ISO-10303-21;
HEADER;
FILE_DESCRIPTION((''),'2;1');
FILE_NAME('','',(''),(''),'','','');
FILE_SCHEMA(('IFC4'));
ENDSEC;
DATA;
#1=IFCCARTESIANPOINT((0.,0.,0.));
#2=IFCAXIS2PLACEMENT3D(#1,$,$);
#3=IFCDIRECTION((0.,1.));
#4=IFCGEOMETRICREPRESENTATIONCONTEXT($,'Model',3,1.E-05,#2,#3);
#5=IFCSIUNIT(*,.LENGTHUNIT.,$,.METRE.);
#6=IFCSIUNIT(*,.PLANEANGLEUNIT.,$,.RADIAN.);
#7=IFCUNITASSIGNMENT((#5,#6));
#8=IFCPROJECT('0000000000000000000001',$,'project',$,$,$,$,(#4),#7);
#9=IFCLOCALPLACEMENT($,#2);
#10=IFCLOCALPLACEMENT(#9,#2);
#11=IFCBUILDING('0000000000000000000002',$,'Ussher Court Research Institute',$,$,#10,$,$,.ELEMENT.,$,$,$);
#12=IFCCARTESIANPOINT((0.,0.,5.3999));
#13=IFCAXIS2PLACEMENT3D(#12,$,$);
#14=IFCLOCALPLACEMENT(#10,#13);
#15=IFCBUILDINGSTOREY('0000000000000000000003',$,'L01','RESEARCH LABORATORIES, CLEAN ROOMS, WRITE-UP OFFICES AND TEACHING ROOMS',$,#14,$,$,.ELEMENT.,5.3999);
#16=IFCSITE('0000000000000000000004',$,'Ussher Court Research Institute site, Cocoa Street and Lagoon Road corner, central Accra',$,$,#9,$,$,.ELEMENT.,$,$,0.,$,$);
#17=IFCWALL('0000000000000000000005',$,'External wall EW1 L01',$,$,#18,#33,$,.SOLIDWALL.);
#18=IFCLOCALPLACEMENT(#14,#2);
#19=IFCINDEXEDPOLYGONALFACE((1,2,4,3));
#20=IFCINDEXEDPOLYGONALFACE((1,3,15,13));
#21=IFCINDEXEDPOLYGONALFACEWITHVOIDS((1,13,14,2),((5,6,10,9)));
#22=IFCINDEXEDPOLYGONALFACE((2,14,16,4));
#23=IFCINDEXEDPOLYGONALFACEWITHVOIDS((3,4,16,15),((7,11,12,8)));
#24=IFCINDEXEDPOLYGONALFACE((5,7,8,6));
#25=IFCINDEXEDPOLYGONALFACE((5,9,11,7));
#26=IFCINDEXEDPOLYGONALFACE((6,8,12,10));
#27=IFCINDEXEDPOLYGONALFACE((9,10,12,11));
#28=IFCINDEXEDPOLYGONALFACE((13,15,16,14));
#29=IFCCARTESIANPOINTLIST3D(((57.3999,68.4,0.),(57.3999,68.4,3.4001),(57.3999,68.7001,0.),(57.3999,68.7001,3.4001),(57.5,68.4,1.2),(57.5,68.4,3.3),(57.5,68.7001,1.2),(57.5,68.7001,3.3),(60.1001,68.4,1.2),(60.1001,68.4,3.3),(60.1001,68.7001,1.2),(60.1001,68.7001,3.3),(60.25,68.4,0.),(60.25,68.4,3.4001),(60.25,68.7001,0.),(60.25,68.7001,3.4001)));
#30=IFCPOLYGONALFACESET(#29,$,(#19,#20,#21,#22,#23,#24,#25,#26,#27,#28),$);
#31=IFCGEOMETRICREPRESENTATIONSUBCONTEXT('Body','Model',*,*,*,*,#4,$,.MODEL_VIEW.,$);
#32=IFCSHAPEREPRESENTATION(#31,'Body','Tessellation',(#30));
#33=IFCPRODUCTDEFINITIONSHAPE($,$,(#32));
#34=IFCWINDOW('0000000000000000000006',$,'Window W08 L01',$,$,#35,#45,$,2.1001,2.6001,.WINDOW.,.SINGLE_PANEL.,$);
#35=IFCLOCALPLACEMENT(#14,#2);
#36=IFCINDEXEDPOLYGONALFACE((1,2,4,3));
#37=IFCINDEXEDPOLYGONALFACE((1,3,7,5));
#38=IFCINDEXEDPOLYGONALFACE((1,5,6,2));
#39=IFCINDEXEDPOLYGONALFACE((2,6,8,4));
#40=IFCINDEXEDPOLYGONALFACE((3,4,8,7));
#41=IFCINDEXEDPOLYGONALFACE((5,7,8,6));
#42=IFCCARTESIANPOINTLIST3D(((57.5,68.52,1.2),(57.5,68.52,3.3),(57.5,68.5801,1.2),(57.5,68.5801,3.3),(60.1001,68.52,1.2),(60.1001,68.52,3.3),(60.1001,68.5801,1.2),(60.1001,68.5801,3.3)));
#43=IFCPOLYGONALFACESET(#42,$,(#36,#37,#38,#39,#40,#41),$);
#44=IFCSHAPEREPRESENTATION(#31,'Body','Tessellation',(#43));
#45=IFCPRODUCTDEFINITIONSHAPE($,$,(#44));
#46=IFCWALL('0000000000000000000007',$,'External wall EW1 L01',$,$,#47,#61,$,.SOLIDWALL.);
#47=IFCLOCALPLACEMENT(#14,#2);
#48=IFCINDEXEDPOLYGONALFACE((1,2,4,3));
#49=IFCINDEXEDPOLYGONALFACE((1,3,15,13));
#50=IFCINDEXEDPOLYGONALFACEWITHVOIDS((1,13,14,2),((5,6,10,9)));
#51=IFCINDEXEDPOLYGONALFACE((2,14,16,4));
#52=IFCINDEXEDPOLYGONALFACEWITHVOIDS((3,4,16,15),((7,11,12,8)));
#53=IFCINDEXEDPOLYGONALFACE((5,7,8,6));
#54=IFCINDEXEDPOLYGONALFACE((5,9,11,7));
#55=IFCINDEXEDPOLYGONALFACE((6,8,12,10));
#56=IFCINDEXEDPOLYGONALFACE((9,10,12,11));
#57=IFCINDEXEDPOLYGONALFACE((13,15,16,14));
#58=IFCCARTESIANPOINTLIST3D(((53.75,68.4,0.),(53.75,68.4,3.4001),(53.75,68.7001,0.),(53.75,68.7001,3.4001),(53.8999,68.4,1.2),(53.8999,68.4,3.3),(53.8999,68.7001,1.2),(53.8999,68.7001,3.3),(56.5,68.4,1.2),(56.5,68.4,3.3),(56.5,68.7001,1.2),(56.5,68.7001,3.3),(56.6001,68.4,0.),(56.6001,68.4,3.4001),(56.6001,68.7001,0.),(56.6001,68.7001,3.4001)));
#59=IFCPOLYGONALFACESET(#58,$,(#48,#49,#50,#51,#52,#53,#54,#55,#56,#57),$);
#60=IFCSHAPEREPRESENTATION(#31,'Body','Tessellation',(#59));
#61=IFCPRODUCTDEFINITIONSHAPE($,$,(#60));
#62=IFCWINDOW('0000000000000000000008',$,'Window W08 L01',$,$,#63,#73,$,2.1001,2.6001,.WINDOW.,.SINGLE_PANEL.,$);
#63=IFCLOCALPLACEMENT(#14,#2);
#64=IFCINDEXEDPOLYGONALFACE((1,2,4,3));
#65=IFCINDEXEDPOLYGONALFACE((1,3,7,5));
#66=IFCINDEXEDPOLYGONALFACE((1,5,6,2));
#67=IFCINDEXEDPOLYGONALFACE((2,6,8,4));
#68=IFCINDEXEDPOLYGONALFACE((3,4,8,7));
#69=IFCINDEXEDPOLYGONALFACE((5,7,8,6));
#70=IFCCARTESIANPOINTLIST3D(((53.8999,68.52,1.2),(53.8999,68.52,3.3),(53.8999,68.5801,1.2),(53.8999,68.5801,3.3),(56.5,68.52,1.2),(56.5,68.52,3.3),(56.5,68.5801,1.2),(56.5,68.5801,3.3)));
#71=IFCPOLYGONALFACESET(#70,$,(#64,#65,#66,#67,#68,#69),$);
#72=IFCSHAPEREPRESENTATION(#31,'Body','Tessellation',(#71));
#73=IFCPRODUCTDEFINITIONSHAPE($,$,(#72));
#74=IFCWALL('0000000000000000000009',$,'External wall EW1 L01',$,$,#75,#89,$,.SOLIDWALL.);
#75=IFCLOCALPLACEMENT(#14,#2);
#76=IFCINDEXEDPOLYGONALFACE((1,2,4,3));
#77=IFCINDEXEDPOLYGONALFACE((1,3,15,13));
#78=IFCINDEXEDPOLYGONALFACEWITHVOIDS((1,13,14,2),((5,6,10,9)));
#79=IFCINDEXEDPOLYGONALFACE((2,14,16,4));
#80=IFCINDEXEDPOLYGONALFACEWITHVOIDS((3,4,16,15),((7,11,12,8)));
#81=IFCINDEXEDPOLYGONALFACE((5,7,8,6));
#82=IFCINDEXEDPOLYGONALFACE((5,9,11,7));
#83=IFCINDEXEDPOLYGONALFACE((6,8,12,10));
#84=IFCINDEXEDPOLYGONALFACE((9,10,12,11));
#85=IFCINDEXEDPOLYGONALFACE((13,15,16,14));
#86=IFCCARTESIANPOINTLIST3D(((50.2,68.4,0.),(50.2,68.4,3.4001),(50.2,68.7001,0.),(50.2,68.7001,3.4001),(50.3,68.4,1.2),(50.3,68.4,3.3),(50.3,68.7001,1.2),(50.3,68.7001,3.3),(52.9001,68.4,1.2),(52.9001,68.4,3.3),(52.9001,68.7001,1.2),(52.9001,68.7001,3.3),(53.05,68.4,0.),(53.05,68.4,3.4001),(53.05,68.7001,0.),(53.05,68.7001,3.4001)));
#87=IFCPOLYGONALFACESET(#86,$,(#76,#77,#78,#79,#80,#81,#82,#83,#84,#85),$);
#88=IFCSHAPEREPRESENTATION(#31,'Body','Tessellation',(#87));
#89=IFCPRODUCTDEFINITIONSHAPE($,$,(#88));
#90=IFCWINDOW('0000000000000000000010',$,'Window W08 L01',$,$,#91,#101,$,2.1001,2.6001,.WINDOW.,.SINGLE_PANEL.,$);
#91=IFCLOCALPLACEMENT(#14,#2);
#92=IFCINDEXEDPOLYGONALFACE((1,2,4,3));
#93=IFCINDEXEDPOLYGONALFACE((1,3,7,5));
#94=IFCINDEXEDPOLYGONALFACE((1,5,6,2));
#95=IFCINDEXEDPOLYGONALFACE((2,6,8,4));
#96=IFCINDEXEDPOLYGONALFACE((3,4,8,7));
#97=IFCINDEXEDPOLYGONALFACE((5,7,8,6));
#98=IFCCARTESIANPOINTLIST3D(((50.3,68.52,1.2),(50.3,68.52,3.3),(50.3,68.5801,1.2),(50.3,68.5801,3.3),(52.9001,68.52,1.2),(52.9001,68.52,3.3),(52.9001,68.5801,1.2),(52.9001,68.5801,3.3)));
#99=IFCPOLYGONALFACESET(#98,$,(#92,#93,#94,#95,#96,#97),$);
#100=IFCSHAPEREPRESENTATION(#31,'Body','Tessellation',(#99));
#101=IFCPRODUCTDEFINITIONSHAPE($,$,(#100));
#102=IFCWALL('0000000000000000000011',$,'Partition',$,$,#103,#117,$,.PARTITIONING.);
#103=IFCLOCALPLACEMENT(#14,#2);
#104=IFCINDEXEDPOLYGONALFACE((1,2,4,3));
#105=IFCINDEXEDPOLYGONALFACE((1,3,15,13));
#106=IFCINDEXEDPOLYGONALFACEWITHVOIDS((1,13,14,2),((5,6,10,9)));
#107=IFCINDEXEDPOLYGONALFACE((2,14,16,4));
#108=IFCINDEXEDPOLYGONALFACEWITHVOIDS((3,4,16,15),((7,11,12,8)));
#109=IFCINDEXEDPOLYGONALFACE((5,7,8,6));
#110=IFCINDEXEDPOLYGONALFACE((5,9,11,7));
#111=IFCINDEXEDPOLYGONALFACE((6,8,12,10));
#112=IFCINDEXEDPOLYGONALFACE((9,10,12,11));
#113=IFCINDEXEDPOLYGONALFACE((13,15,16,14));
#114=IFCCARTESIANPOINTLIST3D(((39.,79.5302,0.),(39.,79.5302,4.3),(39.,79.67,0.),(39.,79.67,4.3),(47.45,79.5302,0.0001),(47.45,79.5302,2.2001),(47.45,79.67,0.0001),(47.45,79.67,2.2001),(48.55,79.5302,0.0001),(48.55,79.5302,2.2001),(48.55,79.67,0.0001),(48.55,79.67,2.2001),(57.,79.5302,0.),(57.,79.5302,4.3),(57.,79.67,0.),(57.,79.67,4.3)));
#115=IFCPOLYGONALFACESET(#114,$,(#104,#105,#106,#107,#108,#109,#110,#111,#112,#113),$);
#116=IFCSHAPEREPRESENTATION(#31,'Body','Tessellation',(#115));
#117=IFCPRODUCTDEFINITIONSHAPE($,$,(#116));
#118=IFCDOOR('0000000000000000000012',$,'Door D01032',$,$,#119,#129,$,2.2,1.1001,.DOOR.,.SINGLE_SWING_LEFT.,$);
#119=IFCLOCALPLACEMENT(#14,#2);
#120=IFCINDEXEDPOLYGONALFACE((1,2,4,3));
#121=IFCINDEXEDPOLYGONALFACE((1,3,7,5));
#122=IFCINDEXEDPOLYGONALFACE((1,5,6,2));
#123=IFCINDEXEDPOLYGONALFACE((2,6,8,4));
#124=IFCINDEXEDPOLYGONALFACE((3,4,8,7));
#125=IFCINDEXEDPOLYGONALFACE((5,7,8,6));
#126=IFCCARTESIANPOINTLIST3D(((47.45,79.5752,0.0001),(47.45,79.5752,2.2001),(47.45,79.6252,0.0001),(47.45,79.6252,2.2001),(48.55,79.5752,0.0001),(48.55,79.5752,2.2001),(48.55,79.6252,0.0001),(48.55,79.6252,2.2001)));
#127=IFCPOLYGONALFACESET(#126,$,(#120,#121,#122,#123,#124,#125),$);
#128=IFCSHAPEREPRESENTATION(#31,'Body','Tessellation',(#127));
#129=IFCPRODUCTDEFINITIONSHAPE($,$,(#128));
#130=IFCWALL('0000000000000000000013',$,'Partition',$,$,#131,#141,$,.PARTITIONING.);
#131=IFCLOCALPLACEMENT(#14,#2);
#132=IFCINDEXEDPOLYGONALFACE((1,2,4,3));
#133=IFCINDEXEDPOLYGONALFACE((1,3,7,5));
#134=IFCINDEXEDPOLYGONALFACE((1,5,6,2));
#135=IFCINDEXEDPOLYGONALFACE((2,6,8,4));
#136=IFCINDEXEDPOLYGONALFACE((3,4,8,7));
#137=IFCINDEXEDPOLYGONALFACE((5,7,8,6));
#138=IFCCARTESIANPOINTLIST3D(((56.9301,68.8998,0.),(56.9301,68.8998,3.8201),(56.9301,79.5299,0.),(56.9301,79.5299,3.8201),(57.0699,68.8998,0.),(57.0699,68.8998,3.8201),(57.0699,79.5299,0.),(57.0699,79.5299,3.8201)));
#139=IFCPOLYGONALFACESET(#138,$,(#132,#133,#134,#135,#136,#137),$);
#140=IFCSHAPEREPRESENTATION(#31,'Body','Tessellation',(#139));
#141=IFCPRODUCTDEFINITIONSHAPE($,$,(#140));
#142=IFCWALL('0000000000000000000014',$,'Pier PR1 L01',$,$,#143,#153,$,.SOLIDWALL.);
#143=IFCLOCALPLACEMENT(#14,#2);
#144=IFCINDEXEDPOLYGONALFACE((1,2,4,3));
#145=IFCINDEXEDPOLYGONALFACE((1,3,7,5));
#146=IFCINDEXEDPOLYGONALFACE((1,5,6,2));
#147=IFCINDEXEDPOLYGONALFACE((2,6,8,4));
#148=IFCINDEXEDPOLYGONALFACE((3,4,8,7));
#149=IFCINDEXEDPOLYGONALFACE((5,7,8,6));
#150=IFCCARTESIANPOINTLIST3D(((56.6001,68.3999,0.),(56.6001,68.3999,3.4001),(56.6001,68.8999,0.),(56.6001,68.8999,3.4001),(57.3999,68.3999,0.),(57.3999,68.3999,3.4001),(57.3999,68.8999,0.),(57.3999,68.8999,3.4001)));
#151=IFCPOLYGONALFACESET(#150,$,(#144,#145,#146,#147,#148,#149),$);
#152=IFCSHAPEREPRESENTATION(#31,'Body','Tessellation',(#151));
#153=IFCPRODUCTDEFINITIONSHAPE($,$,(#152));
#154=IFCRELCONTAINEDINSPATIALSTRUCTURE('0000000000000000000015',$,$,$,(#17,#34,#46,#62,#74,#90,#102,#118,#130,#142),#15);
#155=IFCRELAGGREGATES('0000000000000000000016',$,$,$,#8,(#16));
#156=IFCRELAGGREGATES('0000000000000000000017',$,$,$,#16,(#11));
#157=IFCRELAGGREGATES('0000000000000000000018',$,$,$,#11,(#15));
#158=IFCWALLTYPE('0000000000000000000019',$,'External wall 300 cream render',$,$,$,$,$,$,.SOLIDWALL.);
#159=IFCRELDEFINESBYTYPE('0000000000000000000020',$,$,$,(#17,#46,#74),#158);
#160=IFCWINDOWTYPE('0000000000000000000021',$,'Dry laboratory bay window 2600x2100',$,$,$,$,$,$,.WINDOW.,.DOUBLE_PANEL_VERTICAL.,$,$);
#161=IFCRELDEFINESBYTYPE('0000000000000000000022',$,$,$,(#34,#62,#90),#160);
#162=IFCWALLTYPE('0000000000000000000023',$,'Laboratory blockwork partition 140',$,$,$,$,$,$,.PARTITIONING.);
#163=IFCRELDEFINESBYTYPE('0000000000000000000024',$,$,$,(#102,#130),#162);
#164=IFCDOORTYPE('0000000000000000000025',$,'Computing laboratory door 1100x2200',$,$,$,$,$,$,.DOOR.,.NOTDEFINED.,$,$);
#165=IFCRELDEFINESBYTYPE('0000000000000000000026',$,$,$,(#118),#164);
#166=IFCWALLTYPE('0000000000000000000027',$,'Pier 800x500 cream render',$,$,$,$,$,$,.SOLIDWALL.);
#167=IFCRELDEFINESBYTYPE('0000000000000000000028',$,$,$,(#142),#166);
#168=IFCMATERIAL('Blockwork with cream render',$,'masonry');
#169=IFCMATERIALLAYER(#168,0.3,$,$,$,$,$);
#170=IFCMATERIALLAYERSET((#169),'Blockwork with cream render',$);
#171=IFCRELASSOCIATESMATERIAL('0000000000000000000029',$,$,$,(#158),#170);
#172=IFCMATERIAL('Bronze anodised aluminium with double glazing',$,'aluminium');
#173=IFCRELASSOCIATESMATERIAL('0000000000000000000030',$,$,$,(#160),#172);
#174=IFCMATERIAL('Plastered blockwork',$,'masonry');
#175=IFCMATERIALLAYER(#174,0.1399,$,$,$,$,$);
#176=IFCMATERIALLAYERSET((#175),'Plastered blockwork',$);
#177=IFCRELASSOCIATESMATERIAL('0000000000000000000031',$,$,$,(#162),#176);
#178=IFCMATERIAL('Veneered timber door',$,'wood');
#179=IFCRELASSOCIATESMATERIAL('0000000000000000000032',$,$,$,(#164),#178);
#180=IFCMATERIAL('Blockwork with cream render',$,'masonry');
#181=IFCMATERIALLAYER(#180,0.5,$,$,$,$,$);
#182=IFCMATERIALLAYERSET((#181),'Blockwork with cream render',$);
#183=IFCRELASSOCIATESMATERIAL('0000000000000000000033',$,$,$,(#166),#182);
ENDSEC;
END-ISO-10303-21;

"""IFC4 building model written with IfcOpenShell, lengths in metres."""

from ifc_helpers import new_model, si_unit, direction, frame, frame_2d, origin, place, context, subcontext, project, spatial, rectangle, extrude, material, layer, layer_set, type_object, element, fill, save


model = new_model("IFC4")

# Units and contexts
model_context = context("Model", 3, precision=1e-05, world=origin(), true_north=direction((0.0, 1.0)))
body_context = subcontext(model_context, "Body", "Model", "MODEL_VIEW")
ifc_project = project(units=[si_unit("LENGTHUNIT", "METRE"), si_unit("PLANEANGLEUNIT", "RADIAN")], contexts=[model_context])

# Site, building, storey
site_placement = place(None, origin())
site = spatial("IfcSite", under=ifc_project, at=site_placement, Name="Ussher Court Research Institute site, Cocoa Street and Lagoon Road corner, central Accra", CompositionType="ELEMENT", RefElevation=0.0)
building_placement = place(site_placement, origin())
building = spatial("IfcBuilding", under=site, at=building_placement, Name="Ussher Court Research Institute", CompositionType="ELEMENT")
storey_placement = place(building_placement, frame((0.0, 0.0, 5.3999)))
storey = spatial("IfcBuildingStorey", under=building, at=storey_placement, Name="L01", Description="RESEARCH LABORATORIES, CLEAN ROOMS, WRITE-UP OFFICES AND TEACHING ROOMS", CompositionType="ELEMENT", Elevation=5.3999)

# Walls, openings, windows
ifc_material_1 = material(Name="Blockwork with cream render", Category="masonry")
ifc_layer_1 = layer(ifc_material_1, 0.3)
ifc_layer_set_1 = layer_set([ifc_layer_1], Name="Blockwork with cream render")
wall_type_1 = type_object("IfcWallType", Name="External wall 300 cream render", PredefinedType="SOLIDWALL", material=ifc_layer_set_1)
wall_1_placement = place(storey_placement, frame((60.25, 68.55, 0.0), z_axis=(0.0, 0.0, 1.0), x_axis=(-1.0, 0.0, 0.0)))
wall_1 = element("IfcWall", 1, at=wall_1_placement, inside=storey, type_object=wall_type_1, Name="External wall EW1 L01", PredefinedType="SOLIDWALL", context=body_context, shape_type="SweptSolid", body=[
    extrude(rectangle(XDim=2.8501, YDim=0.3, at=frame_2d((1.425, 0.0))), origin(), (0.0, 0.0, 1.0), 3.4001),
])
opening_1_placement = place(wall_1_placement, frame((0.1499, 0.0, 1.2)))
opening_1 = element("IfcOpeningElement", 2, at=opening_1_placement, cuts=wall_1, PredefinedType="OPENING", context=body_context, shape_type="SweptSolid", body=[
    extrude(rectangle(XDim=2.6001, YDim=2.1001, at=frame_2d((1.3, 1.05))), frame((0.0, 0.1602, 0.0), z_axis=(0.0, -1.0, 0.0), x_axis=(1.0, 0.0, 0.0)), (0.0, 0.0, 1.0), 0.3201),
])
ifc_material_2 = material(Name="Bronze anodised aluminium with double glazing", Category="aluminium")
window_type = type_object("IfcWindowType", Name="Dry laboratory bay window 2600x2100", PartitioningType="DOUBLE_PANEL_VERTICAL", PredefinedType="WINDOW", material=ifc_material_2)
window_1_placement = place(opening_1_placement, origin())
window_1 = element("IfcWindow", 3, at=window_1_placement, inside=storey, type_object=window_type, Name="Window W08 L01", OverallHeight=2.1001, OverallWidth=2.6001, PartitioningType="SINGLE_PANEL", PredefinedType="WINDOW", context=body_context, shape_type="SweptSolid", body=[
    extrude(rectangle(XDim=2.6001, YDim=2.1001, at=frame_2d((1.3, 1.05))), frame((0.0, 0.03, 0.0), z_axis=(0.0, -1.0, 0.0), x_axis=(1.0, 0.0, 0.0)), (0.0, 0.0, 1.0), 0.0601),
])
fill(opening_1, window_1)
wall_2_placement = place(storey_placement, frame((56.6001, 68.55, 0.0), z_axis=(0.0, 0.0, 1.0), x_axis=(-1.0, 0.0, 0.0)))
wall_2 = element("IfcWall", 4, at=wall_2_placement, inside=storey, type_object=wall_type_1, Name="External wall EW1 L01", PredefinedType="SOLIDWALL", context=body_context, shape_type="SweptSolid", body=[
    extrude(rectangle(XDim=2.8501, YDim=0.3, at=frame_2d((1.425, 0.0))), origin(), (0.0, 0.0, 1.0), 3.4001),
])
opening_2_placement = place(wall_2_placement, frame((0.1001, 0.0, 1.2)))
opening_2 = element("IfcOpeningElement", 5, at=opening_2_placement, cuts=wall_2, PredefinedType="OPENING", context=body_context, shape_type="SweptSolid", body=[
    extrude(rectangle(XDim=2.6001, YDim=2.1001, at=frame_2d((1.3, 1.05))), frame((0.0, 0.1602, 0.0), z_axis=(0.0, -1.0, 0.0), x_axis=(1.0, 0.0, 0.0)), (0.0, 0.0, 1.0), 0.3201),
])
window_2_placement = place(opening_2_placement, origin())
window_2 = element("IfcWindow", 6, at=window_2_placement, inside=storey, type_object=window_type, Name="Window W08 L01", OverallHeight=2.1001, OverallWidth=2.6001, PartitioningType="SINGLE_PANEL", PredefinedType="WINDOW", context=body_context, shape_type="SweptSolid", body=[
    extrude(rectangle(XDim=2.6001, YDim=2.1001, at=frame_2d((1.3, 1.05))), frame((0.0, 0.03, 0.0), z_axis=(0.0, -1.0, 0.0), x_axis=(1.0, 0.0, 0.0)), (0.0, 0.0, 1.0), 0.0601),
])
fill(opening_2, window_2)
wall_3_placement = place(storey_placement, frame((53.05, 68.55, 0.0), z_axis=(0.0, 0.0, 1.0), x_axis=(-1.0, 0.0, 0.0)))
wall_3 = element("IfcWall", 7, at=wall_3_placement, inside=storey, type_object=wall_type_1, Name="External wall EW1 L01", PredefinedType="SOLIDWALL", context=body_context, shape_type="SweptSolid", body=[
    extrude(rectangle(XDim=2.8501, YDim=0.3, at=frame_2d((1.425, 0.0))), origin(), (0.0, 0.0, 1.0), 3.4001),
])
opening_3_placement = place(wall_3_placement, frame((0.1499, 0.0, 1.2)))
opening_3 = element("IfcOpeningElement", 8, at=opening_3_placement, cuts=wall_3, PredefinedType="OPENING", context=body_context, shape_type="SweptSolid", body=[
    extrude(rectangle(XDim=2.6001, YDim=2.1001, at=frame_2d((1.3, 1.05))), frame((0.0, 0.1602, 0.0), z_axis=(0.0, -1.0, 0.0), x_axis=(1.0, 0.0, 0.0)), (0.0, 0.0, 1.0), 0.3201),
])
window_3_placement = place(opening_3_placement, origin())
window_3 = element("IfcWindow", 9, at=window_3_placement, inside=storey, type_object=window_type, Name="Window W08 L01", OverallHeight=2.1001, OverallWidth=2.6001, PartitioningType="SINGLE_PANEL", PredefinedType="WINDOW", context=body_context, shape_type="SweptSolid", body=[
    extrude(rectangle(XDim=2.6001, YDim=2.1001, at=frame_2d((1.3, 1.05))), frame((0.0, 0.03, 0.0), z_axis=(0.0, -1.0, 0.0), x_axis=(1.0, 0.0, 0.0)), (0.0, 0.0, 1.0), 0.0601),
])
fill(opening_3, window_3)

# Wall, opening, door
ifc_material_3 = material(Name="Plastered blockwork", Category="masonry")
ifc_layer_2 = layer(ifc_material_3, 0.1399)
ifc_layer_set_2 = layer_set([ifc_layer_2], Name="Plastered blockwork")
wall_type_2 = type_object("IfcWallType", Name="Laboratory blockwork partition 140", PredefinedType="PARTITIONING", material=ifc_layer_set_2)
wall_4_placement = place(storey_placement, frame((57.0, 79.6001, 0.0), z_axis=(0.0, 0.0, 1.0), x_axis=(-1.0, 0.0, 0.0)))
wall_4 = element("IfcWall", 10, at=wall_4_placement, inside=storey, type_object=wall_type_2, Name="Partition", PredefinedType="PARTITIONING", context=body_context, shape_type="SweptSolid", body=[
    extrude(rectangle(XDim=18.0, YDim=0.1399, at=frame_2d((9.0, 0.0))), origin(), (0.0, 0.0, 1.0), 4.3),
])
opening_4_placement = place(wall_4_placement, frame((8.45, 0.0, 0.0)))
opening_4 = element("IfcOpeningElement", 11, at=opening_4_placement, cuts=wall_4, PredefinedType="OPENING", context=body_context, shape_type="SweptSolid", body=[
    extrude(rectangle(XDim=1.1001, YDim=2.2, at=frame_2d((0.55, 1.1001))), frame((0.0, 0.0801, 0.0), z_axis=(0.0, -1.0, 0.0), x_axis=(1.0, 0.0, 0.0)), (0.0, 0.0, 1.0), 0.1599),
])
ifc_material_4 = material(Name="Veneered timber door", Category="wood")
door_type_1 = type_object("IfcDoorType", Name="Computing laboratory door 1100x2200", OperationType="NOTDEFINED", PredefinedType="DOOR", material=ifc_material_4)
door_1_placement = place(opening_4_placement, origin())
door_1 = element("IfcDoor", 12, at=door_1_placement, inside=storey, type_object=door_type_1, Name="Door D01032", OperationType="SINGLE_SWING_LEFT", OverallHeight=2.2, OverallWidth=1.1001, PredefinedType="DOOR", context=body_context, shape_type="SweptSolid", body=[
    extrude(rectangle(XDim=1.1001, YDim=2.2, at=frame_2d((0.55, 1.1001))), frame((0.0, 0.0249, 0.0), z_axis=(0.0, -1.0, 0.0), x_axis=(1.0, 0.0, 0.0)), (0.0, 0.0, 1.0), 0.05),
])
fill(opening_4, door_1)

# Walls
wall_5_placement = place(storey_placement, frame((57.0, 68.8999, 0.0), z_axis=(0.0, 0.0, 1.0), x_axis=(0.0, 1.0, 0.0)))
element("IfcWall", 13, at=wall_5_placement, inside=storey, type_object=wall_type_2, Name="Partition", PredefinedType="PARTITIONING", context=body_context, shape_type="SweptSolid", body=[
    extrude(rectangle(XDim=10.6301, YDim=0.1399, at=frame_2d((5.3149, 0.0))), origin(), (0.0, 0.0, 1.0), 3.8201),
])
ifc_material_5 = material(Name="Blockwork with cream render", Category="masonry")
ifc_layer_3 = layer(ifc_material_5, 0.5)
ifc_layer_set_3 = layer_set([ifc_layer_3], Name="Blockwork with cream render")
wall_type_3 = type_object("IfcWallType", Name="Pier 800x500 cream render", PredefinedType="SOLIDWALL", material=ifc_layer_set_3)
wall_6_placement = place(storey_placement, frame((57.3999, 68.6499, 0.0), z_axis=(0.0, 0.0, 1.0), x_axis=(-1.0, 0.0, 0.0)))
element("IfcWall", 14, at=wall_6_placement, inside=storey, type_object=wall_type_3, Name="Pier PR1 L01", PredefinedType="SOLIDWALL", context=body_context, shape_type="SweptSolid", body=[
    extrude(rectangle(XDim=0.7998, YDim=0.5, at=frame_2d((0.3999, 0.0))), origin(), (0.0, 0.0, 1.0), 3.4001),
])

save(model, "model.ifc")
